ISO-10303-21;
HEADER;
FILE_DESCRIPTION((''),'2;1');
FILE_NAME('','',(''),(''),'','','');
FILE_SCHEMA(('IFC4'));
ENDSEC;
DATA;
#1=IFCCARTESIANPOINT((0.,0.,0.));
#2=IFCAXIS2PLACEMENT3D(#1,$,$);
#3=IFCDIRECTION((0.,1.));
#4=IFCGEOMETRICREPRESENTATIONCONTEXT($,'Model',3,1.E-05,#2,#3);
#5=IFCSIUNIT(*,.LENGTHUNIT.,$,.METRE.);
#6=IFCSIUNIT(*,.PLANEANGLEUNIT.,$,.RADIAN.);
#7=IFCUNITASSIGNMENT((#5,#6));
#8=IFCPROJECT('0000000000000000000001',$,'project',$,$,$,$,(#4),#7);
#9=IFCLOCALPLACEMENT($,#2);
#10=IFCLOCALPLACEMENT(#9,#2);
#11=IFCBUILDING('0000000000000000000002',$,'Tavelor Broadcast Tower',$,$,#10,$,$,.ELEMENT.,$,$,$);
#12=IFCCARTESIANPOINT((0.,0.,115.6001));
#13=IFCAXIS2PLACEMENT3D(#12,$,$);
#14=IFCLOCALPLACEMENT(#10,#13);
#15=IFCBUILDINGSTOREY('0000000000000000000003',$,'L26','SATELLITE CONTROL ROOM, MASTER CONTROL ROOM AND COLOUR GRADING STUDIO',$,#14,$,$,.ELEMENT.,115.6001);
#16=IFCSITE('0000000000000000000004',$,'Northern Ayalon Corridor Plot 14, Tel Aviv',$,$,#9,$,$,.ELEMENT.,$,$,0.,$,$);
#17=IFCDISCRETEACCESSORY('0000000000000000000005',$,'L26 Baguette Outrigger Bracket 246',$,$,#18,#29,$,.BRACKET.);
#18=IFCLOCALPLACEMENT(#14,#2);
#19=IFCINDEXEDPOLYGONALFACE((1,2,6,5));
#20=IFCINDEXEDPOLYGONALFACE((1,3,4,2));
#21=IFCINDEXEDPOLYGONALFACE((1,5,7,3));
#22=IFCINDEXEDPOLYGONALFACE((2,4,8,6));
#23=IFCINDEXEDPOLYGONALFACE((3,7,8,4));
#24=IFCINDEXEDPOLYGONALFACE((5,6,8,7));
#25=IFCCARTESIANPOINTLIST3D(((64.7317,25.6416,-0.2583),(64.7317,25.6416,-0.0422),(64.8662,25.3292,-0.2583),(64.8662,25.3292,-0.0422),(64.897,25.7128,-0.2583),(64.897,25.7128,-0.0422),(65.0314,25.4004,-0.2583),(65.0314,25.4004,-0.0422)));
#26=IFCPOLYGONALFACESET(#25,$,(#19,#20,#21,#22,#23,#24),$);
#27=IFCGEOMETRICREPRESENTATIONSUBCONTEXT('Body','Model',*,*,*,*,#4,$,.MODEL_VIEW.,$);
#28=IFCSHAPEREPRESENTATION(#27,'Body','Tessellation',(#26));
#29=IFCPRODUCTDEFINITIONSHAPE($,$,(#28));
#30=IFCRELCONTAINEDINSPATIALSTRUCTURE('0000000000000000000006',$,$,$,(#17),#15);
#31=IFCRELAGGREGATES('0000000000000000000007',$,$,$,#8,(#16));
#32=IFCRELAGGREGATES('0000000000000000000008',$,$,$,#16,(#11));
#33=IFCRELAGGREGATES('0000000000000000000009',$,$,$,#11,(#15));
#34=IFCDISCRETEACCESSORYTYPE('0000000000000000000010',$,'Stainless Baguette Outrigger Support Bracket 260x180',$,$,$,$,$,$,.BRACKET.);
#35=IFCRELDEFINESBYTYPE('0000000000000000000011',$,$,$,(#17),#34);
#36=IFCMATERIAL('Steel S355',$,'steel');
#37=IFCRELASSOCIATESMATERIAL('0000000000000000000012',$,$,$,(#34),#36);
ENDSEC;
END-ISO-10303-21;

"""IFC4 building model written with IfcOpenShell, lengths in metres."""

from ifc_helpers import new_model, si_unit, direction, frame, origin, origin_2d, place, context, subcontext, project, spatial, rectangle, extrude, source, transform, mapped, material, type_object, type_shapes, element, save


model = new_model("IFC4")

# Units and contexts
model_context = context("Model", 3, precision=1e-05, world=origin(), true_north=direction((0.0, 1.0)))
body_context = subcontext(model_context, "Body", "Model", "MODEL_VIEW")
ifc_project = project(units=[si_unit("LENGTHUNIT", "METRE"), si_unit("PLANEANGLEUNIT", "RADIAN")], contexts=[model_context])

# Site, building, storey
site_placement = place(None, origin())
site = spatial("IfcSite", under=ifc_project, at=site_placement, Name="Northern Ayalon Corridor Plot 14, Tel Aviv", CompositionType="ELEMENT", RefElevation=0.0)
building_placement = place(site_placement, origin())
building = spatial("IfcBuilding", under=site, at=building_placement, Name="Tavelor Broadcast Tower", CompositionType="ELEMENT")
storey_placement = place(building_placement, frame((0.0, 0.0, 115.6001)))
storey = spatial("IfcBuildingStorey", under=building, at=storey_placement, Name="L26", Description="SATELLITE CONTROL ROOM, MASTER CONTROL ROOM AND COLOUR GRADING STUDIO", CompositionType="ELEMENT", Elevation=115.6001)

# Shared definitions
ifc_material_1 = material(Name="Steel S355", Category="steel")

# Discrete accessory
discrete_accessory_type = type_object("IfcDiscreteAccessoryType", Name="Stainless Baguette Outrigger Support Bracket 260x180", PredefinedType="BRACKET", material=ifc_material_1)
shared_shape_1 = source(origin(), body_context, "Body", "SweptSolid", [
    extrude(rectangle(XDim=0.1799, YDim=0.3401, at=origin_2d()), origin(), (0.0, 0.0, 1.0), 0.2161),
])
type_shapes(discrete_accessory_type, [shared_shape_1])
discrete_accessory_placement = place(storey_placement, frame((64.8816, 25.521, -0.2583), z_axis=(0.0, 0.0, 1.0), x_axis=(0.918584, 0.395225, 0.0)))
element("IfcDiscreteAccessory", 1, at=discrete_accessory_placement, inside=storey, type_object=discrete_accessory_type, Name="L26 Baguette Outrigger Bracket 246", PredefinedType="BRACKET", context=body_context, shape_type="MappedRepresentation", body=[
    mapped(shared_shape_1, transform((0.0, 0.0, 0.0), scale=1.0)),
])

save(model, "model.ifc")
